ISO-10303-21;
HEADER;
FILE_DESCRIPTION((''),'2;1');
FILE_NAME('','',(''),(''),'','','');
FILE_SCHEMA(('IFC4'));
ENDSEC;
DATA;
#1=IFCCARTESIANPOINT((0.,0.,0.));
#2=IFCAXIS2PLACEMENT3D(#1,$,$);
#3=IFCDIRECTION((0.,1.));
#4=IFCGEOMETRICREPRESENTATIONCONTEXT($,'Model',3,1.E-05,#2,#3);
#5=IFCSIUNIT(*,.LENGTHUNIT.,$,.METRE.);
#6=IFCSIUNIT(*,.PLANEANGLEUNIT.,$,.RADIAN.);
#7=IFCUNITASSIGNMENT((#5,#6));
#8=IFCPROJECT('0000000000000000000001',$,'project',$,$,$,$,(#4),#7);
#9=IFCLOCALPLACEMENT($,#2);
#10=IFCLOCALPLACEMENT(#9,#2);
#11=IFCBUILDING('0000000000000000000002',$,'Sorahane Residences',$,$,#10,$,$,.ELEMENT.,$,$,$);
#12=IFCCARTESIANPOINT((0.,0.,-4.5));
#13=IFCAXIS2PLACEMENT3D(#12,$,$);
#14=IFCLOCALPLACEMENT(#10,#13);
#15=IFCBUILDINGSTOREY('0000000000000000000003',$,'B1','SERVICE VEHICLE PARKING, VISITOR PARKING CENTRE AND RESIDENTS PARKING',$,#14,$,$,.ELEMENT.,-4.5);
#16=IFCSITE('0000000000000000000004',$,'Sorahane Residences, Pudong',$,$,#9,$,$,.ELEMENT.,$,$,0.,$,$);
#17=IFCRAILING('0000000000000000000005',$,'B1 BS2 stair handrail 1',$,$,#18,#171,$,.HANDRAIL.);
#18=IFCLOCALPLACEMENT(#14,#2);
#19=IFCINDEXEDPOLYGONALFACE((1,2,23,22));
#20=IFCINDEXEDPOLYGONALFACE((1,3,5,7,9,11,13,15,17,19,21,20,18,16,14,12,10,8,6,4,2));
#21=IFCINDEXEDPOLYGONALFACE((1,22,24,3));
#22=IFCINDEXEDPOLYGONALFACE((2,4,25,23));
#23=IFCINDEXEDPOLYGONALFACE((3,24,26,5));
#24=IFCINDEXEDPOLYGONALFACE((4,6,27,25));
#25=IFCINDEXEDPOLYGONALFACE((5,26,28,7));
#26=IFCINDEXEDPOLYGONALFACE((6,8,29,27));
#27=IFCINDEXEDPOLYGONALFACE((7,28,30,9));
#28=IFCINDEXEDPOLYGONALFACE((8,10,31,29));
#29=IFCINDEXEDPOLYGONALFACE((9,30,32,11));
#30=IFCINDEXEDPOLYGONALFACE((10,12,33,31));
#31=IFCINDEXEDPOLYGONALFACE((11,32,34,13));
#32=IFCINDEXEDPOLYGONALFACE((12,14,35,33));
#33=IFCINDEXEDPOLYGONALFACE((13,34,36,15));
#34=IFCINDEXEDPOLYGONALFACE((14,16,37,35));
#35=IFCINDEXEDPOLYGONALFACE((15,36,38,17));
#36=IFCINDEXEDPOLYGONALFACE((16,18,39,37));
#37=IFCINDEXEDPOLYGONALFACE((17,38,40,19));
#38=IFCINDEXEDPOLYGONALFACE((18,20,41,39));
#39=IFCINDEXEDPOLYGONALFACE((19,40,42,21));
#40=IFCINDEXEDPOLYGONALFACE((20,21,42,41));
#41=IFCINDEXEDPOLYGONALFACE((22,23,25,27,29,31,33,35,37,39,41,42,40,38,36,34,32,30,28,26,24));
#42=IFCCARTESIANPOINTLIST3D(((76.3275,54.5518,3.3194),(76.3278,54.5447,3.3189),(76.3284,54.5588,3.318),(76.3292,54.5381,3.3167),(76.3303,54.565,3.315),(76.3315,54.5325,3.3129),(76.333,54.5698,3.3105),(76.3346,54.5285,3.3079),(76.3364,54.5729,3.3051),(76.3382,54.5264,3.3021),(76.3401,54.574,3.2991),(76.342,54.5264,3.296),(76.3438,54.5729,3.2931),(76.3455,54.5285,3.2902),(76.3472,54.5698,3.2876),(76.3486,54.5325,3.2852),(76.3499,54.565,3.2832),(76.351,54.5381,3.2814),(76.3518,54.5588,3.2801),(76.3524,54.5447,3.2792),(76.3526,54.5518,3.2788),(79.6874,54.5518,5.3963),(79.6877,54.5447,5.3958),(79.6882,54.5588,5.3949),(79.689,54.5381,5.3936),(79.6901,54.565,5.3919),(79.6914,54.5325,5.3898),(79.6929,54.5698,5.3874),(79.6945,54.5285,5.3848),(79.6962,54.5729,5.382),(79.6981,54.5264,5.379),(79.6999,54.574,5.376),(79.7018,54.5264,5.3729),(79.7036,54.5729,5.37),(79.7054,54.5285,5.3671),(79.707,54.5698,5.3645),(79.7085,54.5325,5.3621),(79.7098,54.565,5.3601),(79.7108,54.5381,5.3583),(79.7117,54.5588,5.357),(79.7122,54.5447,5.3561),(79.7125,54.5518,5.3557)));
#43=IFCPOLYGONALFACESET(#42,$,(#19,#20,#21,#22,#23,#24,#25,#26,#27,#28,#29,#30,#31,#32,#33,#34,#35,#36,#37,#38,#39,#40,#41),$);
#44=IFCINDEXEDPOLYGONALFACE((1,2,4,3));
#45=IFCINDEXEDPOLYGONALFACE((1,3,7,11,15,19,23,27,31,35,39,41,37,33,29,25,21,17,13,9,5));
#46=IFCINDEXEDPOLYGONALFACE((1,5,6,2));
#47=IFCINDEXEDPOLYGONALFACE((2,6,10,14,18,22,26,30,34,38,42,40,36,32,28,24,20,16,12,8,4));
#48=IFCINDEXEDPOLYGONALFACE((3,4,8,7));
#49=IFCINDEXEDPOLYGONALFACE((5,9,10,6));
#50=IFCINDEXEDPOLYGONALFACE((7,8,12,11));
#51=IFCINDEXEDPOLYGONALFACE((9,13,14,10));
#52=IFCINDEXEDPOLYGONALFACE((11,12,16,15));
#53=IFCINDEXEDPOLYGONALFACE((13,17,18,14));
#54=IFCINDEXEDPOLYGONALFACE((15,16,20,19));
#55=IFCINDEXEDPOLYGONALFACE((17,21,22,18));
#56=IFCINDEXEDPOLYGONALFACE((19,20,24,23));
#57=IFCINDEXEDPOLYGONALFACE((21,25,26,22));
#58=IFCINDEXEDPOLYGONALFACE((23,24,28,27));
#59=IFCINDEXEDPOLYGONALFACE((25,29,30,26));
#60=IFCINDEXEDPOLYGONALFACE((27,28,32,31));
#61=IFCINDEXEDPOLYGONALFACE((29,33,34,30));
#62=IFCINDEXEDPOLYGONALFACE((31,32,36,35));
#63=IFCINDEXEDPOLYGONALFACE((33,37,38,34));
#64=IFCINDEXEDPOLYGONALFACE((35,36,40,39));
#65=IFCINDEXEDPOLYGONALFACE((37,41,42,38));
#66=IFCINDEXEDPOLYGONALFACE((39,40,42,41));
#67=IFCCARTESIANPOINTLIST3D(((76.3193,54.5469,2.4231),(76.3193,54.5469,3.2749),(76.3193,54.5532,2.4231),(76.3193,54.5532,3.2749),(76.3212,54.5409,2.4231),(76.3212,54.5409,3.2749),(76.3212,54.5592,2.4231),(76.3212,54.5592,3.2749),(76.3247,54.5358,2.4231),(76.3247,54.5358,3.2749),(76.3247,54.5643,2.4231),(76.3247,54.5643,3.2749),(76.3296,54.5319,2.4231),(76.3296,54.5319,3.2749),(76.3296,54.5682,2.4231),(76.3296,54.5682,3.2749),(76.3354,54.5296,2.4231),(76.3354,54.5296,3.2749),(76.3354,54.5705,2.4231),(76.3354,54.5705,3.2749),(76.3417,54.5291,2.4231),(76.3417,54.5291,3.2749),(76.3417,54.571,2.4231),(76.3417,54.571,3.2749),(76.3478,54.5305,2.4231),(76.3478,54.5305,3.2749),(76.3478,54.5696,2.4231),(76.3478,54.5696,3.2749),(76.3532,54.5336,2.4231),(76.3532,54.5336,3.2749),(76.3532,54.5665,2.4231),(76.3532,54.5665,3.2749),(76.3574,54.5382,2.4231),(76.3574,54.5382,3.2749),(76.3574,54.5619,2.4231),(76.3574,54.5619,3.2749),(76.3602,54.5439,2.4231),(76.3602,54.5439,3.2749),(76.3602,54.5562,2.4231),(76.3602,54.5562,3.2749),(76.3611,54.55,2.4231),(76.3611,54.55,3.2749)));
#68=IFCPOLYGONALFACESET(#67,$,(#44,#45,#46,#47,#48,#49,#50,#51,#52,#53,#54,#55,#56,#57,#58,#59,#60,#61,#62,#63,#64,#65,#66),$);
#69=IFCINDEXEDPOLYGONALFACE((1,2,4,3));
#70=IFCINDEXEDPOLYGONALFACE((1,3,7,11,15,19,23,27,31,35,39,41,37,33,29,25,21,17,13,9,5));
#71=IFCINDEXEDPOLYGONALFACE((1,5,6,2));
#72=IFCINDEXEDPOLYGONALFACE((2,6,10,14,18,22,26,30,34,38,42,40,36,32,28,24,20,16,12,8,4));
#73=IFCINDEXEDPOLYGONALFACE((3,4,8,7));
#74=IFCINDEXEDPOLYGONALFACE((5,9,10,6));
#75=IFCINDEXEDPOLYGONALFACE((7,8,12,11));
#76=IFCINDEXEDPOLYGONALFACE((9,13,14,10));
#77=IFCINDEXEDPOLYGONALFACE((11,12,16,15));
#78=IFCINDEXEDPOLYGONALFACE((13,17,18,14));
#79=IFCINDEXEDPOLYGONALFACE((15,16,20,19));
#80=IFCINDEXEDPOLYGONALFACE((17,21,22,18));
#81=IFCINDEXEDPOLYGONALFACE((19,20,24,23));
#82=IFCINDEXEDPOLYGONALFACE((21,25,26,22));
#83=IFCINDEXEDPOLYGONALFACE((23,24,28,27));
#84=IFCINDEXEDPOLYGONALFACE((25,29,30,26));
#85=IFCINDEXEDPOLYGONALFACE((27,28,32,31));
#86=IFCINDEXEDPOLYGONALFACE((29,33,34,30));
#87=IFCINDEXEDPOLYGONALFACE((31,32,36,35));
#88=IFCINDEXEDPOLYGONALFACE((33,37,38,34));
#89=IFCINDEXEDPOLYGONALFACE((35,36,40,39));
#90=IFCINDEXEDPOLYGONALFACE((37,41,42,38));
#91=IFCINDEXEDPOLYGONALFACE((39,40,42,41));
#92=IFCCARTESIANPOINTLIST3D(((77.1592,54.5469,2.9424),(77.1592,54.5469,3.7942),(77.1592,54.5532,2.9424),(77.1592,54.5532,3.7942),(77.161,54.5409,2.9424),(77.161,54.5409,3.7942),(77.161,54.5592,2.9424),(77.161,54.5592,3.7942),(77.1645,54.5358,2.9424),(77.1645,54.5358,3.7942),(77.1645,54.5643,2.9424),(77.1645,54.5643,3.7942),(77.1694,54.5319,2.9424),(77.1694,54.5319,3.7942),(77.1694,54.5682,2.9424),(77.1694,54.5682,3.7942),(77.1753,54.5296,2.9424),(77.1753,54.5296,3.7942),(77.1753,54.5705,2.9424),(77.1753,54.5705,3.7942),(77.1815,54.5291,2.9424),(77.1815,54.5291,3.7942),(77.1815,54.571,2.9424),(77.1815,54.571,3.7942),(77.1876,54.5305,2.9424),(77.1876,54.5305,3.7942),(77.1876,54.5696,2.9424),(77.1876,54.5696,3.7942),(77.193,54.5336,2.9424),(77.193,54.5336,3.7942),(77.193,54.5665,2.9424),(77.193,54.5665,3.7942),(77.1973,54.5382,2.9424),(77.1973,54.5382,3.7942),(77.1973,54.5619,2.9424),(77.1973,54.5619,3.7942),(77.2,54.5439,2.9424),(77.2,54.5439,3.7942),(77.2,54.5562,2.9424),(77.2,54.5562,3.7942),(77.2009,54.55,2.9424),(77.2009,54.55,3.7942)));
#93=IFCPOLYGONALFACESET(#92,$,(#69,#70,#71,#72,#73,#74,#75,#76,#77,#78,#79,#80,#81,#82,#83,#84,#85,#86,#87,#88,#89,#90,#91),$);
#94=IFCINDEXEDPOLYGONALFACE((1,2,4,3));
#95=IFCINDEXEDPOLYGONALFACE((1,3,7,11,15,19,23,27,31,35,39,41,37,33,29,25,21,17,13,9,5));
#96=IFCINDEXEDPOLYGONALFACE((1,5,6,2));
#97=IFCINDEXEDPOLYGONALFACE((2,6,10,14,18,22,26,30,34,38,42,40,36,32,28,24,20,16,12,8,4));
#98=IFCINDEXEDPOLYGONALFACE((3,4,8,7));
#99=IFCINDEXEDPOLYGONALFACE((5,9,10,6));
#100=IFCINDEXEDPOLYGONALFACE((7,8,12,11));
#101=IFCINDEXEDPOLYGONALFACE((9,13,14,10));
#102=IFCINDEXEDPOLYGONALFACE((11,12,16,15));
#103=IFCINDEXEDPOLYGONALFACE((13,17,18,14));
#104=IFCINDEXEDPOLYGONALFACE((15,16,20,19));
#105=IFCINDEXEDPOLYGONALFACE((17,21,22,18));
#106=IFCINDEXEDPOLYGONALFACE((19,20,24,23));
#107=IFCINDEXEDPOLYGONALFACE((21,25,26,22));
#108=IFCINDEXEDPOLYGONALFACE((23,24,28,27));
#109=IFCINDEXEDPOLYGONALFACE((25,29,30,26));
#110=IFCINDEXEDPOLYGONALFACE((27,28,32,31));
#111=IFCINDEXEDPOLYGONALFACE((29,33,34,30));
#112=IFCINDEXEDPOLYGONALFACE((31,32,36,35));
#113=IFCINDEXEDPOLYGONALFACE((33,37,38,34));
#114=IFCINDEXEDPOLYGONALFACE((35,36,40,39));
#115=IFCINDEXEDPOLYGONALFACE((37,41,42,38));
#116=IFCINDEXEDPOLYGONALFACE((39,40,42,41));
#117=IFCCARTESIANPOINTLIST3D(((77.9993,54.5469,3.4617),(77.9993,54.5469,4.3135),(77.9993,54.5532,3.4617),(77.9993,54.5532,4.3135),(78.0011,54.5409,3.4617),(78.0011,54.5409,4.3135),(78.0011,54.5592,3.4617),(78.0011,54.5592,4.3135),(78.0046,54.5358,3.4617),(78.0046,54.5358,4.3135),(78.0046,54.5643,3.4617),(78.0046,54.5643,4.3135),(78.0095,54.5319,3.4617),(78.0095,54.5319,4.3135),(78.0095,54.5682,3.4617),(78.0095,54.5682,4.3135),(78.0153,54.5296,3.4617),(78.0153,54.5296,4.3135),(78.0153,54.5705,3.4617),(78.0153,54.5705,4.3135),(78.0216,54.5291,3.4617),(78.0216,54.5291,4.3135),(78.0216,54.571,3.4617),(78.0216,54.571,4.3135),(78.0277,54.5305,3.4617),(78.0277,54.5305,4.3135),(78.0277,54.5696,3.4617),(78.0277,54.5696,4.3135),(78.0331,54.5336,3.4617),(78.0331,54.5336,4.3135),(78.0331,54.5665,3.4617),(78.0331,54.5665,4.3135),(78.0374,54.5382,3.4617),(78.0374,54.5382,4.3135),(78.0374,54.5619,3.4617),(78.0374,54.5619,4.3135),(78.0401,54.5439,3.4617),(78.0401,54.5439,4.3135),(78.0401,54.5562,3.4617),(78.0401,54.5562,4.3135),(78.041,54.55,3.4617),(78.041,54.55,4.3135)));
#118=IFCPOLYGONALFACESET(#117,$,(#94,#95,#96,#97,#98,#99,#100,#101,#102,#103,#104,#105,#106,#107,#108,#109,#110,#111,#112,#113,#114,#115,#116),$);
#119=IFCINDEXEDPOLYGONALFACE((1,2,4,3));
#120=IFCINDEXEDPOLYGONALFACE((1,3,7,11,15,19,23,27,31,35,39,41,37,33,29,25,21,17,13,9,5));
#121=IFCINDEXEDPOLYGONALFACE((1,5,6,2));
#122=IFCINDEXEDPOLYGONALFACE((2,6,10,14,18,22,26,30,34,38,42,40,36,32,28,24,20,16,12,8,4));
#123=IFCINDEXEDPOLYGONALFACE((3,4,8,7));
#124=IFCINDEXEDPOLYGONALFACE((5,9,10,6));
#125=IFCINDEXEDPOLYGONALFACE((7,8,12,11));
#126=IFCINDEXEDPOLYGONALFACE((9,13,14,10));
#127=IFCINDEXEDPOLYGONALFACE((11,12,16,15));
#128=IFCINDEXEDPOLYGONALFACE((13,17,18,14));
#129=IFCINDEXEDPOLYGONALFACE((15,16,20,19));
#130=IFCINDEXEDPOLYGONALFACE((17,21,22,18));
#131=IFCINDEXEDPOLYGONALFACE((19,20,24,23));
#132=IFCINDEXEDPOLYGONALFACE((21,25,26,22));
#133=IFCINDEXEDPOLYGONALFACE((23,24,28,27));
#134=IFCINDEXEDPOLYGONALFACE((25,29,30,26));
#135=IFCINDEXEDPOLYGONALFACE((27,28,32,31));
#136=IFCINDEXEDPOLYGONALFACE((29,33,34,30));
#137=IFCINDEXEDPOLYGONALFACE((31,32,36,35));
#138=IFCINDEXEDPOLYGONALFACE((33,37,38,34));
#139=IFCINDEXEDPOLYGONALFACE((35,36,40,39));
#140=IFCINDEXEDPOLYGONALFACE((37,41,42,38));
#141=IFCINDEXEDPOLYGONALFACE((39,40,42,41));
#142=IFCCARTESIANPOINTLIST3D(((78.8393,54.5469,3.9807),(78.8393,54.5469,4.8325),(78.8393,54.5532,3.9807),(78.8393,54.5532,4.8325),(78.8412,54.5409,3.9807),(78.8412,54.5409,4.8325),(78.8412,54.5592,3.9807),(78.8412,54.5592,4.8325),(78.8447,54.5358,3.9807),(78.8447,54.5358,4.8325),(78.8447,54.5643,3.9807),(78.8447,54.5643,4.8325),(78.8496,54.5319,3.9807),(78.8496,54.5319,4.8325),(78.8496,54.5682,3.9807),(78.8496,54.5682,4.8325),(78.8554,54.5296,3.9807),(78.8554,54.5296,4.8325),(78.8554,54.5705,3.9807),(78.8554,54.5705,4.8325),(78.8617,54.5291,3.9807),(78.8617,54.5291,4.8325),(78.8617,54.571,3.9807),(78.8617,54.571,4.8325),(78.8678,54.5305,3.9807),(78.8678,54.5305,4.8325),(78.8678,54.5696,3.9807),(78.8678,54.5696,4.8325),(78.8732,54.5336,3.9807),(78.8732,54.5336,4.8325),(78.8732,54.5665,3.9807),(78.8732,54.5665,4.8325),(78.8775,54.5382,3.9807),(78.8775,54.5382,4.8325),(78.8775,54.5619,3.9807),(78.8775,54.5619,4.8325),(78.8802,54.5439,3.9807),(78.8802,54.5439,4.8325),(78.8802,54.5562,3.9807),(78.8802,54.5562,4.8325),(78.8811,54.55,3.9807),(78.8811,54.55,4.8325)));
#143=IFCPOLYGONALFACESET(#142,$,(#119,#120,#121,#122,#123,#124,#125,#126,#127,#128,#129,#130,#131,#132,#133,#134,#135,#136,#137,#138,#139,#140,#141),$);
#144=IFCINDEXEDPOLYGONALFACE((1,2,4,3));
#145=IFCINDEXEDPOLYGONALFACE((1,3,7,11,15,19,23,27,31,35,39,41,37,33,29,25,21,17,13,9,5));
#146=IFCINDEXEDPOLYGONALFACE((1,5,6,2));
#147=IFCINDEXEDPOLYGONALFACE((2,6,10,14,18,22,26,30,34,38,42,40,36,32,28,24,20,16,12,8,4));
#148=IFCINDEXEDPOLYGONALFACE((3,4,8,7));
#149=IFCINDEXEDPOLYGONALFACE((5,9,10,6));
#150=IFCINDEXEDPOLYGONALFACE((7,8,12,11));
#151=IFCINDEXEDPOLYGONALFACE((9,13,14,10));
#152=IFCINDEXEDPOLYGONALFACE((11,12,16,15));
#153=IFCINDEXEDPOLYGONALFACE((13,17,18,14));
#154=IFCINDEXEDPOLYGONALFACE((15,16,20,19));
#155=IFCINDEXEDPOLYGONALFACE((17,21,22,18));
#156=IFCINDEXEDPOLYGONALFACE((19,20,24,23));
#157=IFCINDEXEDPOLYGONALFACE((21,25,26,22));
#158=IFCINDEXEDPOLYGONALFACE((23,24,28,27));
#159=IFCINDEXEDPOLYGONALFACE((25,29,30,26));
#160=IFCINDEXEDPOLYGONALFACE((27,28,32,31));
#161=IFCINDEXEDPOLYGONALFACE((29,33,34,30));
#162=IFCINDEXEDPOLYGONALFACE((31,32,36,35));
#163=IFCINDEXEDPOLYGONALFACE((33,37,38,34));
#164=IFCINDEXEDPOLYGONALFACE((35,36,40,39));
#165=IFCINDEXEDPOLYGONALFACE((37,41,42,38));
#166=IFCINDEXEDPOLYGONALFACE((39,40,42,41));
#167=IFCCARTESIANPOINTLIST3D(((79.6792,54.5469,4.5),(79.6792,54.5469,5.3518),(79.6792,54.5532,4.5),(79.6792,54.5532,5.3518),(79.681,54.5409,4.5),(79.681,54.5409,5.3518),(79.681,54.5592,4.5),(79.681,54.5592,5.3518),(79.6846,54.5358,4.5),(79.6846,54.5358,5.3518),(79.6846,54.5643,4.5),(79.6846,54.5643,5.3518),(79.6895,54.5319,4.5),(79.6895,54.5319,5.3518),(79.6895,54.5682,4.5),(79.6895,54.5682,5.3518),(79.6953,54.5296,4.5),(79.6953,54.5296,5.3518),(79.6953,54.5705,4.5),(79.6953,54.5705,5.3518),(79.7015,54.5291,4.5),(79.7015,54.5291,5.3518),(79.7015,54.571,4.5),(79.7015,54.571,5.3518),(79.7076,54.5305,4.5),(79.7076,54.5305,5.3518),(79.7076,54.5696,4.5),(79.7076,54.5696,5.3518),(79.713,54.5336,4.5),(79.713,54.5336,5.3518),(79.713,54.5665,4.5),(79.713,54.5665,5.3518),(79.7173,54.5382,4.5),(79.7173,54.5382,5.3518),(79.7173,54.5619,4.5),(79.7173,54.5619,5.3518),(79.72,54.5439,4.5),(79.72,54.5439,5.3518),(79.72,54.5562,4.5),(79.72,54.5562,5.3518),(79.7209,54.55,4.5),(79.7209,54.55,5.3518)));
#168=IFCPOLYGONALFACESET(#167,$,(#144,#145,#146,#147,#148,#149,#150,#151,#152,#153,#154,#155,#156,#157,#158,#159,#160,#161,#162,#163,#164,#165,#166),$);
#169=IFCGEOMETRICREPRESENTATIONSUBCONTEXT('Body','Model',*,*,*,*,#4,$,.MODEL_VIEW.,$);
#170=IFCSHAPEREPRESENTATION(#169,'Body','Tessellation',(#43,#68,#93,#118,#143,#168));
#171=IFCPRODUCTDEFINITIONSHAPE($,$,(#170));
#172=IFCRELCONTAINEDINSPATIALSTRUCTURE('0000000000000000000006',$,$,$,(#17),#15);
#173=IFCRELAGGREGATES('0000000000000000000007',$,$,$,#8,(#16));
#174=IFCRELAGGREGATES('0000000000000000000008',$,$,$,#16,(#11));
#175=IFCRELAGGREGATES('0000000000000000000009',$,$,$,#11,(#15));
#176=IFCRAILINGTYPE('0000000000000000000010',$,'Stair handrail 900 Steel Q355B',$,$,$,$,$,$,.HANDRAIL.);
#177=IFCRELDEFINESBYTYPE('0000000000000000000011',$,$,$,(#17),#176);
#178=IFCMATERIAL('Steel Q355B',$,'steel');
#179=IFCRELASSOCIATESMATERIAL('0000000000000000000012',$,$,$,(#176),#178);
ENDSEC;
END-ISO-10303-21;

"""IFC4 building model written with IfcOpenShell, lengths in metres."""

from ifc_helpers import new_model, si_unit, direction, frame, origin, origin_2d, place, context, subcontext, project, spatial, circle, extrude, material, type_object, element, save


model = new_model("IFC4")

# Units and contexts
model_context = context("Model", 3, precision=1e-05, world=origin(), true_north=direction((0.0, 1.0)))
body_context = subcontext(model_context, "Body", "Model", "MODEL_VIEW")
ifc_project = project(units=[si_unit("LENGTHUNIT", "METRE"), si_unit("PLANEANGLEUNIT", "RADIAN")], contexts=[model_context])

# Site, building, storey
site_placement = place(None, origin())
site = spatial("IfcSite", under=ifc_project, at=site_placement, Name="Sorahane Residences, Pudong", CompositionType="ELEMENT", RefElevation=0.0)
building_placement = place(site_placement, origin())
building = spatial("IfcBuilding", under=site, at=building_placement, Name="Sorahane Residences", CompositionType="ELEMENT")
storey_placement = place(building_placement, frame((0.0, 0.0, -4.5)))
storey = spatial("IfcBuildingStorey", under=building, at=storey_placement, Name="B1", Description="SERVICE VEHICLE PARKING, VISITOR PARKING CENTRE AND RESIDENTS PARKING", CompositionType="ELEMENT", Elevation=-4.5)

# Railing
ifc_material_1 = material(Name="Steel Q355B", Category="steel")
railing_type_1 = type_object("IfcRailingType", Name="Stair handrail 900 Steel Q355B", PredefinedType="HANDRAIL", material=ifc_material_1)
railing_1_placement = place(storey_placement, frame((76.3401, 54.55, 2.4231)))
element("IfcRailing", 1, at=railing_1_placement, inside=storey, type_object=railing_type_1, Name="B1 BS2 stair handrail 1", PredefinedType="HANDRAIL", context=body_context, shape_type="SweptSolid", body=[
    extrude(circle(Radius=0.0239, at=origin_2d()), frame((0.0, 0.0, 0.876), z_axis=(0.850606, 0.0, 0.525803), x_axis=(0.0, 1.0, 0.0)), (0.0, 0.0, 1.0), 3.95),
    extrude(circle(Radius=0.021, at=origin_2d()), origin(), (0.0, 0.0, 1.0), 0.8518),
    extrude(circle(Radius=0.021, at=origin_2d()), frame((0.8398, 0.0, 0.5193)), (0.0, 0.0, 1.0), 0.8518),
    extrude(circle(Radius=0.021, at=origin_2d()), frame((1.6799, 0.0, 1.0386)), (0.0, 0.0, 1.0), 0.8518),
    extrude(circle(Radius=0.021, at=origin_2d()), frame((2.52, 0.0, 1.5576)), (0.0, 0.0, 1.0), 0.8518),
    extrude(circle(Radius=0.021, at=origin_2d()), frame((3.3599, 0.0, 2.0769)), (0.0, 0.0, 1.0), 0.8518),
])

save(model, "model.ifc")
